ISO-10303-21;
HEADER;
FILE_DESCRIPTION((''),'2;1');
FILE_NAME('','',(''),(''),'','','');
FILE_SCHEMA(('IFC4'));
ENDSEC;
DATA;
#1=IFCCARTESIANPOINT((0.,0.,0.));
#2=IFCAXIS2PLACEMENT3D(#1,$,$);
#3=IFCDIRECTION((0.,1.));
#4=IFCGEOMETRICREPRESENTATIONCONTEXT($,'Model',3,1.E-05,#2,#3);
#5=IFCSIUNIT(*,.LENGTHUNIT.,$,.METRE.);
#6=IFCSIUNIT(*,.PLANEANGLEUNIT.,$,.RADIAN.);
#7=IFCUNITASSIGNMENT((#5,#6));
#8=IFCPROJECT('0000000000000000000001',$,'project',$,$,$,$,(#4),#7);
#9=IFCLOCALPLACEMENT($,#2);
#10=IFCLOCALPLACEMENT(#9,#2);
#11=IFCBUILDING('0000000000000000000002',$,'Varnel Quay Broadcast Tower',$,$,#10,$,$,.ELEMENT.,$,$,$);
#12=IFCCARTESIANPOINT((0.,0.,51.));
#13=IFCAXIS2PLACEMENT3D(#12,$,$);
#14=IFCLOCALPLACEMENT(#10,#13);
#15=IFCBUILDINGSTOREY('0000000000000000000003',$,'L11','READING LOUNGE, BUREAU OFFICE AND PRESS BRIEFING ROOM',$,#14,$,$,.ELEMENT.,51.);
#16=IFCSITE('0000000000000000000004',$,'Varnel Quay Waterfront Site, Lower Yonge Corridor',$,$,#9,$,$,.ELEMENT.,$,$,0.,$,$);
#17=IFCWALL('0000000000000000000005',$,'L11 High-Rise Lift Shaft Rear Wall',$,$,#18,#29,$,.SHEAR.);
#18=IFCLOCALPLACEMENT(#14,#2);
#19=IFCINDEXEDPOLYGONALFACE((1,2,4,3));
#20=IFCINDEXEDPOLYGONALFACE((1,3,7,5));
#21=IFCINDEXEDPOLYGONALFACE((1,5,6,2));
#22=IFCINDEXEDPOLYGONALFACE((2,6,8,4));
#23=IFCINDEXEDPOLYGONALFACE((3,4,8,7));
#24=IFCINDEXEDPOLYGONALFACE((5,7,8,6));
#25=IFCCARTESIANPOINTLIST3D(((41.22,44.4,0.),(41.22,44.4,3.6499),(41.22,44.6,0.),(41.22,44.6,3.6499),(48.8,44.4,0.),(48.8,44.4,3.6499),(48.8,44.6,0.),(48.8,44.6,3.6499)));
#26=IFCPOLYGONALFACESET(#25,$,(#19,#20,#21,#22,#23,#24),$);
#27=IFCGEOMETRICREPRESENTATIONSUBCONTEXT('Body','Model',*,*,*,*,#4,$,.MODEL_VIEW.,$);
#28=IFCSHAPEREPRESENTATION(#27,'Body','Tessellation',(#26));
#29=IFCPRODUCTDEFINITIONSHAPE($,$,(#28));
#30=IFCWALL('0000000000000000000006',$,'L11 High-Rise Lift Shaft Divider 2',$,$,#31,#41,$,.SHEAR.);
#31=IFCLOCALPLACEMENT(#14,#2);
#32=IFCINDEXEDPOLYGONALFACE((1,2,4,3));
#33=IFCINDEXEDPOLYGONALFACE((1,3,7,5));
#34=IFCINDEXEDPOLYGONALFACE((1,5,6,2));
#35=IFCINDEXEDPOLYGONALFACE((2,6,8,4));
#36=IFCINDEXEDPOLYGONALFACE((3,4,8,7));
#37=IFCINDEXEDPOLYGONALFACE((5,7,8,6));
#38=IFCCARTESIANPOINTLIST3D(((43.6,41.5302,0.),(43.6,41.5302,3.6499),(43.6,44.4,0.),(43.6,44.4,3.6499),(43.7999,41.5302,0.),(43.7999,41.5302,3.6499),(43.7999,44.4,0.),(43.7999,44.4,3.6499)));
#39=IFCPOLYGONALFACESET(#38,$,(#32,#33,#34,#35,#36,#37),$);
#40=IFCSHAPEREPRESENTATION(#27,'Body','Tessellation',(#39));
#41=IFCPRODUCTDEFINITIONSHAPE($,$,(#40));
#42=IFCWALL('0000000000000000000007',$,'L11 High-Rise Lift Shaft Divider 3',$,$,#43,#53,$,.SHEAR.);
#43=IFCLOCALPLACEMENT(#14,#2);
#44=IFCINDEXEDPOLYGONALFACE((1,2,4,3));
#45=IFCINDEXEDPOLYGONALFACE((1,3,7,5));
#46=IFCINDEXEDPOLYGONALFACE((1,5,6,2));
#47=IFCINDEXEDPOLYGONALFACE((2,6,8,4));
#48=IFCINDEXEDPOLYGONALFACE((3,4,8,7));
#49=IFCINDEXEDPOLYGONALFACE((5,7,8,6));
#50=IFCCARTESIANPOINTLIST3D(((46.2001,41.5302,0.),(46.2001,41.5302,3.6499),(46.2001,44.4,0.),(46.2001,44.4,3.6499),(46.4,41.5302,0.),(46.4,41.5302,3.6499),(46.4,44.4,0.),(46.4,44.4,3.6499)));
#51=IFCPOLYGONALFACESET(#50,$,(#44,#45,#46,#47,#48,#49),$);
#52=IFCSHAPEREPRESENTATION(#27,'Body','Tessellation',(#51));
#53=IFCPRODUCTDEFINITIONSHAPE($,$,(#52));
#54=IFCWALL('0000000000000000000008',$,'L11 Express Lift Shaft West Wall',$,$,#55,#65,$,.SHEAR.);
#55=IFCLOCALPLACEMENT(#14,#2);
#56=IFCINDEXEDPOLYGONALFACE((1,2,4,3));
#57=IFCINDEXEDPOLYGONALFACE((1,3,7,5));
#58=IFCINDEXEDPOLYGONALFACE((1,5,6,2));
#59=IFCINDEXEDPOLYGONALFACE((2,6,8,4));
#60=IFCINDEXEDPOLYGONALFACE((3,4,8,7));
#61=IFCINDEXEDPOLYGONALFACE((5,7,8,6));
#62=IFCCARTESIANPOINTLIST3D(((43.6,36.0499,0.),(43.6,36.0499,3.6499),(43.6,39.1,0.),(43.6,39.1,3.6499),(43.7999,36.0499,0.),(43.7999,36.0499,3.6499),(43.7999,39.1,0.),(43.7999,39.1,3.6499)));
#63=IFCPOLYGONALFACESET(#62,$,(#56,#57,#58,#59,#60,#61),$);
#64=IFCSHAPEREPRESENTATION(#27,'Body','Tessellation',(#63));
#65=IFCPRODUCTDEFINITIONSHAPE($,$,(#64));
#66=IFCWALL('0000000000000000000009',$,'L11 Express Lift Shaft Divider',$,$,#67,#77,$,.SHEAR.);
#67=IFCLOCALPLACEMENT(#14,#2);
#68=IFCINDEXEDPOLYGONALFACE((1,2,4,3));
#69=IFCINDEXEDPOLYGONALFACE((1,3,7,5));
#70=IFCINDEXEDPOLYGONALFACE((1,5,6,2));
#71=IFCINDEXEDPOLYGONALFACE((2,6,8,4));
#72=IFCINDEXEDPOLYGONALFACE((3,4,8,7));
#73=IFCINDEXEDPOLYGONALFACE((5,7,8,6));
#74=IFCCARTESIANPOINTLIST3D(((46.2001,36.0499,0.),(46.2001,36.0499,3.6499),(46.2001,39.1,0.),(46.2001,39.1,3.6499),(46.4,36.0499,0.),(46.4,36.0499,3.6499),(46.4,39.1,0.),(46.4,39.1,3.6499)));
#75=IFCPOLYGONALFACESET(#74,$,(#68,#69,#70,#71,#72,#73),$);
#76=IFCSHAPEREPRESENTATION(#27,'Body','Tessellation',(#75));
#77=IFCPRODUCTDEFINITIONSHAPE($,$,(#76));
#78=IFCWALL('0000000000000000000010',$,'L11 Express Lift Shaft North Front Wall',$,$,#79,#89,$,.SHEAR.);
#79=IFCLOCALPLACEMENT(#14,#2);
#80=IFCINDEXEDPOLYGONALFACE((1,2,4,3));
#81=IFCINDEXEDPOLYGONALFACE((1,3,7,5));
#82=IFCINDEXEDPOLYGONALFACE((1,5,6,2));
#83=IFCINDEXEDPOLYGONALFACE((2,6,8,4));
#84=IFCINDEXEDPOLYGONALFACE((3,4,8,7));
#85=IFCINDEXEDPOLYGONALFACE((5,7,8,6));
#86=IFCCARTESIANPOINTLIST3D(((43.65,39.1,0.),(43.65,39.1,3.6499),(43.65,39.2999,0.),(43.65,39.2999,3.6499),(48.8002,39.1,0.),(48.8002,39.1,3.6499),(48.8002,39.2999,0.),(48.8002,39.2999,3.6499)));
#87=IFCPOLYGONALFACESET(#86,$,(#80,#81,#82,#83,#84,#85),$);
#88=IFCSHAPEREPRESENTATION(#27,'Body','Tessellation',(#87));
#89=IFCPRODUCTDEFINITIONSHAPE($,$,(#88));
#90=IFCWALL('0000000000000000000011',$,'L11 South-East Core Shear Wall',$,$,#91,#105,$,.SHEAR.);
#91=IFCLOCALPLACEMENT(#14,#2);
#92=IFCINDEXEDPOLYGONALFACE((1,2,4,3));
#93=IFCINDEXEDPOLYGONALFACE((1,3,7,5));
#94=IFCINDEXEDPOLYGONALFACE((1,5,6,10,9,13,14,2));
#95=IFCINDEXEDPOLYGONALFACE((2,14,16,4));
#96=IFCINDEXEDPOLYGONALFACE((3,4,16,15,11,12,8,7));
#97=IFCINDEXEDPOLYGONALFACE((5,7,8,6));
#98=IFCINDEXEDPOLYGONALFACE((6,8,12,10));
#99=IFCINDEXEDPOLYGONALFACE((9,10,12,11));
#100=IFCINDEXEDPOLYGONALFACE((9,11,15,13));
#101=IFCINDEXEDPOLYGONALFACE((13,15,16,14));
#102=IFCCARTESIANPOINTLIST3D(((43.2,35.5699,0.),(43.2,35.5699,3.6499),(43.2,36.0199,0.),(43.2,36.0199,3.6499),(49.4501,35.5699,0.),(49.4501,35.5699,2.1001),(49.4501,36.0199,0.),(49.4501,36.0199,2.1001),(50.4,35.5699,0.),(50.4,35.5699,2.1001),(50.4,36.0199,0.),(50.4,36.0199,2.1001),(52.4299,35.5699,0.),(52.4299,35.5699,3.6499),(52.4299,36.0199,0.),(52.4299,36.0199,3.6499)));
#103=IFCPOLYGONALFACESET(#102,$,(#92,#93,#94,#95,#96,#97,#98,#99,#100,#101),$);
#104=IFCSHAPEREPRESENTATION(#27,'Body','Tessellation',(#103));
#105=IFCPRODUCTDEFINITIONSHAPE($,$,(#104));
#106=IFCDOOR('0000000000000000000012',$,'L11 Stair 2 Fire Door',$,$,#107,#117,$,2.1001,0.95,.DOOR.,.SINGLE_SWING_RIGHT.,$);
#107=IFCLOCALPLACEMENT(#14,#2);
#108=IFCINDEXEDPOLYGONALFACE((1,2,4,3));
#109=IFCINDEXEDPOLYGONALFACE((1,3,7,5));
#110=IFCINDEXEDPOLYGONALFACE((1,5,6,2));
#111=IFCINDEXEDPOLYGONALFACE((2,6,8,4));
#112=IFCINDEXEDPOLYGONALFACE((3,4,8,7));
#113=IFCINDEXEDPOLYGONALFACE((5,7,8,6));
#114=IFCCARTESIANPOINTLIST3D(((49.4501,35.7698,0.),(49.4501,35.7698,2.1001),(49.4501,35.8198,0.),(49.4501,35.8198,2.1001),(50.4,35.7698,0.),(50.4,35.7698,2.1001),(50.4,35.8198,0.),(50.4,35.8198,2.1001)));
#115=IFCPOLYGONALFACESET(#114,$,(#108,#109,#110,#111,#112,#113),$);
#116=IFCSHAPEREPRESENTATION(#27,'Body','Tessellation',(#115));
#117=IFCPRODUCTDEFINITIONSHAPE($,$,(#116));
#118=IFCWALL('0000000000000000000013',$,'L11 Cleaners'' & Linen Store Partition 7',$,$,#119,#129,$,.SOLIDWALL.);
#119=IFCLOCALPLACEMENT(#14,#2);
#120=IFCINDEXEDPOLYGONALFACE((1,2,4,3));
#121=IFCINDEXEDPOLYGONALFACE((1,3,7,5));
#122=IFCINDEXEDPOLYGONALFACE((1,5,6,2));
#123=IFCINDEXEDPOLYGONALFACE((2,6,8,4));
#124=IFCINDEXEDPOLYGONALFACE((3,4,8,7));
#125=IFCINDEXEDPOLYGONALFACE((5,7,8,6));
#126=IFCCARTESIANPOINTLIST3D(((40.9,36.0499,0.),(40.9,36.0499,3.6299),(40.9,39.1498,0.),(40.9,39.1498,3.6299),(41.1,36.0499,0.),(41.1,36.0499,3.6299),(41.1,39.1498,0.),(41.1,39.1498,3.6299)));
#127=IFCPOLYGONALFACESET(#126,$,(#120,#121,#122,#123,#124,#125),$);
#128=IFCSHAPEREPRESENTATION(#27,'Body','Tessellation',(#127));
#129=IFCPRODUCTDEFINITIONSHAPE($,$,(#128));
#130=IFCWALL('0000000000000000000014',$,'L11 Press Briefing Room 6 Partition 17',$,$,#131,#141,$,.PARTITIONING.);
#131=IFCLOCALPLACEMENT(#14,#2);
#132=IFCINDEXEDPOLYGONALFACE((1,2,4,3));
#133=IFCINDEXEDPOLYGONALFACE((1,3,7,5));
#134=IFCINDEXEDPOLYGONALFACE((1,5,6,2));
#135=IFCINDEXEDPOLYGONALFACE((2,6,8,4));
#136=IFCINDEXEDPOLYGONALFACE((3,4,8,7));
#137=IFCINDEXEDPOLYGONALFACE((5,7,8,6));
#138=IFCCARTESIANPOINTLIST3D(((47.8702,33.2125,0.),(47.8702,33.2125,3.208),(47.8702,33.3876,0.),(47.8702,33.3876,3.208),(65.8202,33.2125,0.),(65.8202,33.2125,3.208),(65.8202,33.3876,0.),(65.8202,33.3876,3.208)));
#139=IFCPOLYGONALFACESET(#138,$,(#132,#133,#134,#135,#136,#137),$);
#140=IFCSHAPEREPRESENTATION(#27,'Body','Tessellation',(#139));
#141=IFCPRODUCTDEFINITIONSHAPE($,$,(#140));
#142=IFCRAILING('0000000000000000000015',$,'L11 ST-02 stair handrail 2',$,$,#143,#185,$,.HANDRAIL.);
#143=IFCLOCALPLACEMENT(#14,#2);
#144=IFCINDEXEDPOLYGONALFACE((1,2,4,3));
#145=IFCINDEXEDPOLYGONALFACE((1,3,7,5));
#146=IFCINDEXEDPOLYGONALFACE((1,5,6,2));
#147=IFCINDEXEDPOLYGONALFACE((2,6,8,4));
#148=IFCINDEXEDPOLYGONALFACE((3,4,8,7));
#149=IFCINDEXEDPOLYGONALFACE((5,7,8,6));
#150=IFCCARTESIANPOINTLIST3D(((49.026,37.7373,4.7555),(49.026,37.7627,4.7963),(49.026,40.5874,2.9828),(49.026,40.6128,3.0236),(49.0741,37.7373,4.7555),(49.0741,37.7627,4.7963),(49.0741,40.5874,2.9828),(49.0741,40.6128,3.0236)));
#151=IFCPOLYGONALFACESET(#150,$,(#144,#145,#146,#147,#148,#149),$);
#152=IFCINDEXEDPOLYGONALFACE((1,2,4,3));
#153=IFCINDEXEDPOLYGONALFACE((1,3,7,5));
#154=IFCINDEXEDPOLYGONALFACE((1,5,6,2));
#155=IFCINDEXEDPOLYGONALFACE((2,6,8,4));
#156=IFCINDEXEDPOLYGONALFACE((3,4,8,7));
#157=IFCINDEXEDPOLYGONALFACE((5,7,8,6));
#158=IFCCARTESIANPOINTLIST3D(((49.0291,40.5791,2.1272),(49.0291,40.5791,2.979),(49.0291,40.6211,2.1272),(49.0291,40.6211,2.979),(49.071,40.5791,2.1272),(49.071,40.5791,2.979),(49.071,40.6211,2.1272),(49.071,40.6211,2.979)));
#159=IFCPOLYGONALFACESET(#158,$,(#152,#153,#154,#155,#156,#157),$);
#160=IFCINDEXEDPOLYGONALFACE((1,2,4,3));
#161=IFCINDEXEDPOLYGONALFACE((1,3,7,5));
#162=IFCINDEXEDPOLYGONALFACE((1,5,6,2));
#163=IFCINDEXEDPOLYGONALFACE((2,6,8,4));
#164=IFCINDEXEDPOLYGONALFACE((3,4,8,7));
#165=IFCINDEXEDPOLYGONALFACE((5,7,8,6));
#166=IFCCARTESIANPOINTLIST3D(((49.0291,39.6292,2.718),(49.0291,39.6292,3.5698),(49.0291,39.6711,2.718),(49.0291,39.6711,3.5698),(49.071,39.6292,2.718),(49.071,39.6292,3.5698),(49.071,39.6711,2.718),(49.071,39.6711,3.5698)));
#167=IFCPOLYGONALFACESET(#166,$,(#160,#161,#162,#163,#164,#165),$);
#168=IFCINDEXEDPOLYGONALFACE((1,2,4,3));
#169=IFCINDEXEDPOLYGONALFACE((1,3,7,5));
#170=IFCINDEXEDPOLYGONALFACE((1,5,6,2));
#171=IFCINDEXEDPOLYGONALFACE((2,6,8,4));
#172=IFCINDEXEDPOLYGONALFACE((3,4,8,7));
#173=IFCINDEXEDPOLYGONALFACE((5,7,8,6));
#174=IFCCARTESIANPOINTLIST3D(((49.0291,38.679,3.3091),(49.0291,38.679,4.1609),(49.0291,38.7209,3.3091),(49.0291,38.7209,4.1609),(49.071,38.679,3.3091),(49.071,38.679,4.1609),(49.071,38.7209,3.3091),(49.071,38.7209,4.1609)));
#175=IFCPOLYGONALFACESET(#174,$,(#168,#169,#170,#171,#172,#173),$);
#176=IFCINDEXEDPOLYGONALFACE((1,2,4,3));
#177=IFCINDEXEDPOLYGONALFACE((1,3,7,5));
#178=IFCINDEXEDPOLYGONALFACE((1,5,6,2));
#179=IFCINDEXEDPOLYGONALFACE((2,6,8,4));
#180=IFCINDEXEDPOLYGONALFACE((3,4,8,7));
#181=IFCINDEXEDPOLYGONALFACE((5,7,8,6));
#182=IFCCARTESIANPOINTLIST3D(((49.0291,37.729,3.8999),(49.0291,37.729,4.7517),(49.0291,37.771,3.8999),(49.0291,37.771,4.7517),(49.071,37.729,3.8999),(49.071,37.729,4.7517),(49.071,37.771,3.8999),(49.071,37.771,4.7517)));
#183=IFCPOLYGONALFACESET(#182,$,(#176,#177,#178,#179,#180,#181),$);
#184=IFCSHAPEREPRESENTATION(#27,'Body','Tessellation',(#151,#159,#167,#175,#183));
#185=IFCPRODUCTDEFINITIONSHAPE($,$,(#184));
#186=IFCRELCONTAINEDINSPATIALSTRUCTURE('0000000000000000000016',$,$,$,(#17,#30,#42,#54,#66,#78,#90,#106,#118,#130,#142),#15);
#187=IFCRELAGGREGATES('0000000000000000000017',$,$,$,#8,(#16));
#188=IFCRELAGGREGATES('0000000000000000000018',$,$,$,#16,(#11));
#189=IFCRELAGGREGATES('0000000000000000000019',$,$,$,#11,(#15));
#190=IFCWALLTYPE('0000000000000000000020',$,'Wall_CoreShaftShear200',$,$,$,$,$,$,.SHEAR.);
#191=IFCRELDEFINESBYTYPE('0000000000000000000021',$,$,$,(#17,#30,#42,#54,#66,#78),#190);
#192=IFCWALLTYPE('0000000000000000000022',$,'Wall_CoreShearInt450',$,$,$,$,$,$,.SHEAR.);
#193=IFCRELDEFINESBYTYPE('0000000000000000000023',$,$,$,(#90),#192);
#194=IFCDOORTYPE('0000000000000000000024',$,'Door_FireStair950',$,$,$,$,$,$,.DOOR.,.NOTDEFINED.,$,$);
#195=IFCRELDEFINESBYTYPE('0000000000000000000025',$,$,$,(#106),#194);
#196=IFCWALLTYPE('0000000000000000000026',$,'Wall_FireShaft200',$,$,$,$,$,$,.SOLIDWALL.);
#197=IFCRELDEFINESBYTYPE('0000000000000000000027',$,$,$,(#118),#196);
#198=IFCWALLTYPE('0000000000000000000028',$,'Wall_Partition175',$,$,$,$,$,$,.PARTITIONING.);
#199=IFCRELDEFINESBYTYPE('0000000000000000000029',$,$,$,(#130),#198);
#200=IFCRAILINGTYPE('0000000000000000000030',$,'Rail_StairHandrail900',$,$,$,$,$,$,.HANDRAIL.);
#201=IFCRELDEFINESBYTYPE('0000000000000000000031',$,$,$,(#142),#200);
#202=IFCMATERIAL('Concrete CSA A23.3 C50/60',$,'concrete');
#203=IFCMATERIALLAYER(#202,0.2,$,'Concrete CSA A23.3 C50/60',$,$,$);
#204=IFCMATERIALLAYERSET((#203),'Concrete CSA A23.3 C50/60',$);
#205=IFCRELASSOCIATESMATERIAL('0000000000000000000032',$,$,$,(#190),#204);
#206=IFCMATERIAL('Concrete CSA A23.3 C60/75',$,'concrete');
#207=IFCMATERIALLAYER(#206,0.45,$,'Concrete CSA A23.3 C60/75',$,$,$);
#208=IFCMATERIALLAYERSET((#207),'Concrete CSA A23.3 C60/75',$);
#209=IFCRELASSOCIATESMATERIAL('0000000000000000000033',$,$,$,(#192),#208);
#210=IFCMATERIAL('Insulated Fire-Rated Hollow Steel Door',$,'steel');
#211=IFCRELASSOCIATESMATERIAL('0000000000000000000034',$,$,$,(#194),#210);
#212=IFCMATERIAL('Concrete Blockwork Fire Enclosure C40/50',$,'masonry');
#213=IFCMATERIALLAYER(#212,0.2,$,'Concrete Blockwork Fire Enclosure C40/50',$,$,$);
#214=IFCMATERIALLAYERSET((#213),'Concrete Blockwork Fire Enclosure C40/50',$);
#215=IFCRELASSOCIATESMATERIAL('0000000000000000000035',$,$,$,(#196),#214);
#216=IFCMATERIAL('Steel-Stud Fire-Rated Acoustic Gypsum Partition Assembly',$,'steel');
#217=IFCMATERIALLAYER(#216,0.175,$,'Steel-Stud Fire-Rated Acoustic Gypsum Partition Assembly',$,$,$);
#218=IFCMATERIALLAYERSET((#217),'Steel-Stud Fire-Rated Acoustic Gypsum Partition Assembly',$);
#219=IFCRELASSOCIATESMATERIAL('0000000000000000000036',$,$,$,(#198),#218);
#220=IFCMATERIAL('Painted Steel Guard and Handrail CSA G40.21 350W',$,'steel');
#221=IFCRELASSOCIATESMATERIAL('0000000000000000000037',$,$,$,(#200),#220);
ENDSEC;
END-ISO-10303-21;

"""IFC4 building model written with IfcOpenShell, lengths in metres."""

from ifc_helpers import new_model, si_unit, direction, frame, frame_2d, origin, origin_2d, place, context, subcontext, project, spatial, rectangle, extrude, source, transform, mapped, material, layer, layer_set, type_object, type_shapes, element, fill, save


model = new_model("IFC4")

# Units and contexts
model_context = context("Model", 3, precision=1e-05, world=origin(), true_north=direction((0.0, 1.0)))
body_context = subcontext(model_context, "Body", "Model", "MODEL_VIEW")
ifc_project = project(units=[si_unit("LENGTHUNIT", "METRE"), si_unit("PLANEANGLEUNIT", "RADIAN")], contexts=[model_context])

# Site, building, storey
site_placement = place(None, origin())
site = spatial("IfcSite", under=ifc_project, at=site_placement, Name="Varnel Quay Waterfront Site, Lower Yonge Corridor", CompositionType="ELEMENT", RefElevation=0.0)
building_placement = place(site_placement, origin())
building = spatial("IfcBuilding", under=site, at=building_placement, Name="Varnel Quay Broadcast Tower", CompositionType="ELEMENT")
storey_placement = place(building_placement, frame((0.0, 0.0, 51.0)))
storey = spatial("IfcBuildingStorey", under=building, at=storey_placement, Name="L11", Description="READING LOUNGE, BUREAU OFFICE AND PRESS BRIEFING ROOM", CompositionType="ELEMENT", Elevation=51.0)

# Walls
ifc_material_1 = material(Name="Concrete CSA A23.3 C50/60", Category="concrete")
ifc_layer_1 = layer(ifc_material_1, 0.2, Name="Concrete CSA A23.3 C50/60")
ifc_layer_set_1 = layer_set([ifc_layer_1], Name="Concrete CSA A23.3 C50/60")
wall_type_1 = type_object("IfcWallType", Name="Wall_CoreShaftShear200", PredefinedType="SHEAR", material=ifc_layer_set_1)
wall_1_placement = place(storey_placement, frame((41.22, 44.5, 0.0), z_axis=(0.0, 0.0, 1.0), x_axis=(1.0, 0.0, 0.0)))
element("IfcWall", 1, at=wall_1_placement, inside=storey, type_object=wall_type_1, Name="L11 High-Rise Lift Shaft Rear Wall", PredefinedType="SHEAR", context=body_context, shape_type="SweptSolid", body=[
    extrude(rectangle(XDim=7.5801, YDim=0.2, at=frame_2d((3.79, 0.0))), origin(), (0.0, 0.0, 1.0), 3.6499),
])
for number, where, z_axis, x_axis, name in (
    (2, (43.7, 41.53, 0.0), (0.0, 0.0, 1.0), (0.0, 1.0, 0.0), "L11 High-Rise Lift Shaft Divider 2"),
    (3, (46.3, 41.53, 0.0), (0.0, 0.0, 1.0), (0.0, 1.0, 0.0), "L11 High-Rise Lift Shaft Divider 3"),
):
    element("IfcWall", number, at=place(storey_placement, frame(where, z_axis=z_axis, x_axis=x_axis)), inside=storey, type_object=wall_type_1, Name=name, PredefinedType="SHEAR", context=body_context, shape_type="SweptSolid", body=[
        extrude(rectangle(XDim=2.8699, YDim=0.2, at=frame_2d((1.4351, 0.0))), origin(), (0.0, 0.0, 1.0), 3.6499),
    ])
for number, where, z_axis, x_axis, name in (
    (4, (43.7, 36.05, 0.0), (0.0, 0.0, 1.0), (0.0, 1.0, 0.0), "L11 Express Lift Shaft West Wall"),
    (5, (46.3, 36.05, 0.0), (0.0, 0.0, 1.0), (0.0, 1.0, 0.0), "L11 Express Lift Shaft Divider"),
):
    element("IfcWall", number, at=place(storey_placement, frame(where, z_axis=z_axis, x_axis=x_axis)), inside=storey, type_object=wall_type_1, Name=name, PredefinedType="SHEAR", context=body_context, shape_type="SweptSolid", body=[
        extrude(rectangle(XDim=3.05, YDim=0.2, at=frame_2d((1.5249, 0.0))), origin(), (0.0, 0.0, 1.0), 3.6499),
    ])
wall_2_placement = place(storey_placement, frame((43.6499, 39.2, 0.0), z_axis=(0.0, 0.0, 1.0), x_axis=(1.0, 0.0, 0.0)))
element("IfcWall", 6, at=wall_2_placement, inside=storey, type_object=wall_type_1, Name="L11 Express Lift Shaft North Front Wall", PredefinedType="SHEAR", context=body_context, shape_type="SweptSolid", body=[
    extrude(rectangle(XDim=5.1501, YDim=0.2, at=frame_2d((2.5752, 0.0))), origin(), (0.0, 0.0, 1.0), 3.6499),
])

# Wall, opening, door
ifc_material_2 = material(Name="Concrete CSA A23.3 C60/75", Category="concrete")
ifc_layer_2 = layer(ifc_material_2, 0.45, Name="Concrete CSA A23.3 C60/75")
ifc_layer_set_2 = layer_set([ifc_layer_2], Name="Concrete CSA A23.3 C60/75")
wall_type_2 = type_object("IfcWallType", Name="Wall_CoreShearInt450", PredefinedType="SHEAR", material=ifc_layer_set_2)
wall_3_placement = place(storey_placement, frame((43.2, 35.7949, 0.0), z_axis=(0.0, 0.0, 1.0), x_axis=(1.0, 0.0, 0.0)))
wall_3 = element("IfcWall", 7, at=wall_3_placement, inside=storey, type_object=wall_type_2, Name="L11 South-East Core Shear Wall", PredefinedType="SHEAR", context=body_context, shape_type="SweptSolid", body=[
    extrude(rectangle(XDim=9.23, YDim=0.45, at=frame_2d((4.615, 0.0))), origin(), (0.0, 0.0, 1.0), 3.6499),
])
opening_placement = place(wall_3_placement, frame((6.25, 0.0, 0.0)))
opening = element("IfcOpeningElement", 8, at=opening_placement, cuts=wall_3, PredefinedType="OPENING", context=body_context, shape_type="SweptSolid", body=[
    extrude(rectangle(XDim=0.95, YDim=2.1001, at=frame_2d((0.4751, 1.05))), frame((0.0, 0.2349, 0.0), z_axis=(0.0, -1.0, 0.0), x_axis=(1.0, 0.0, 0.0)), (0.0, 0.0, 1.0), 0.47),
])
ifc_material_3 = material(Name="Insulated Fire-Rated Hollow Steel Door", Category="steel")
door_type = type_object("IfcDoorType", Name="Door_FireStair950", OperationType="NOTDEFINED", PredefinedType="DOOR", material=ifc_material_3)
shared_shape_1 = source(origin(), body_context, "Body", "SweptSolid", [
    extrude(rectangle(XDim=0.95, YDim=2.1001, at=frame_2d((0.4751, 1.05))), frame((0.0, 0.0249, 0.0), z_axis=(0.0, -1.0, 0.0), x_axis=(1.0, 0.0, 0.0)), (0.0, 0.0, 1.0), 0.05),
])
type_shapes(door_type, [shared_shape_1])
door_placement = place(opening_placement, origin())
door = element("IfcDoor", 9, at=door_placement, inside=storey, type_object=door_type, Name="L11 Stair 2 Fire Door", OperationType="SINGLE_SWING_RIGHT", OverallHeight=2.1001, OverallWidth=0.95, PredefinedType="DOOR", context=body_context, shape_type="MappedRepresentation", body=[
    mapped(shared_shape_1, transform((0.0, 0.0, 0.0), x_axis=(1.0, 0.0, 0.0), y_axis=(0.0, 1.0, 0.0), z_axis=(0.0, 0.0, 1.0), scale=1.0)),
])
fill(opening, door)

# Walls
ifc_material_4 = material(Name="Concrete Blockwork Fire Enclosure C40/50", Category="masonry")
ifc_layer_3 = layer(ifc_material_4, 0.2, Name="Concrete Blockwork Fire Enclosure C40/50")
ifc_layer_set_3 = layer_set([ifc_layer_3], Name="Concrete Blockwork Fire Enclosure C40/50")
wall_type_3 = type_object("IfcWallType", Name="Wall_FireShaft200", PredefinedType="SOLIDWALL", material=ifc_layer_set_3)
wall_4_placement = place(storey_placement, frame((41.0, 36.05, 0.0), z_axis=(0.0, 0.0, 1.0), x_axis=(0.0, 1.0, 0.0)))
element("IfcWall", 10, at=wall_4_placement, inside=storey, type_object=wall_type_3, Name="L11 Cleaners' & Linen Store Partition 7", PredefinedType="SOLIDWALL", context=body_context, shape_type="SweptSolid", body=[
    extrude(rectangle(XDim=3.0999, YDim=0.2, at=frame_2d((1.5498, 0.0))), origin(), (0.0, 0.0, 1.0), 3.6299),
])
ifc_material_5 = material(Name="Steel-Stud Fire-Rated Acoustic Gypsum Partition Assembly", Category="steel")
ifc_layer_4 = layer(ifc_material_5, 0.175, Name="Steel-Stud Fire-Rated Acoustic Gypsum Partition Assembly")
ifc_layer_set_4 = layer_set([ifc_layer_4], Name="Steel-Stud Fire-Rated Acoustic Gypsum Partition Assembly")
wall_type_4 = type_object("IfcWallType", Name="Wall_Partition175", PredefinedType="PARTITIONING", material=ifc_layer_set_4)
wall_5_placement = place(storey_placement, frame((47.8701, 33.3, 0.0), z_axis=(0.0, 0.0, 1.0), x_axis=(1.0, 0.0, 0.0)))
element("IfcWall", 11, at=wall_5_placement, inside=storey, type_object=wall_type_4, Name="L11 Press Briefing Room 6 Partition 17", PredefinedType="PARTITIONING", context=body_context, shape_type="SweptSolid", body=[
    extrude(rectangle(XDim=17.95, YDim=0.175, at=frame_2d((8.9751, 0.0))), origin(), (0.0, 0.0, 1.0), 3.208),
])

# Railing
ifc_material_6 = material(Name="Painted Steel Guard and Handrail CSA G40.21 350W", Category="steel")
railing_type = type_object("IfcRailingType", Name="Rail_StairHandrail900", PredefinedType="HANDRAIL", material=ifc_material_6)
railing_placement = place(storey_placement, frame((49.05, 40.6001, 2.1272)))
element("IfcRailing", 12, at=railing_placement, inside=storey, type_object=railing_type, Name="L11 ST-02 stair handrail 2", PredefinedType="HANDRAIL", context=body_context, shape_type="SweptSolid", body=[
    extrude(rectangle(XDim=0.0481, YDim=0.0481, at=origin_2d()), frame((0.0, 0.0, 0.876), z_axis=(0.0, -0.849149, 0.528154), x_axis=(1.0, 0.0, 0.0)), (0.0, 0.0, 1.0), 3.3564),
    extrude(rectangle(XDim=0.042, YDim=0.042, at=origin_2d()), origin(), (0.0, 0.0, 1.0), 0.8518),
    extrude(rectangle(XDim=0.042, YDim=0.042, at=origin_2d()), frame((0.0, -0.95, 0.5908)), (0.0, 0.0, 1.0), 0.8518),
    extrude(rectangle(XDim=0.042, YDim=0.042, at=origin_2d()), frame((0.0, -1.9001, 1.1819)), (0.0, 0.0, 1.0), 0.8518),
    extrude(rectangle(XDim=0.042, YDim=0.042, at=origin_2d()), frame((0.0, -2.8501, 1.7727)), (0.0, 0.0, 1.0), 0.8518),
])

save(model, "model.ifc")
